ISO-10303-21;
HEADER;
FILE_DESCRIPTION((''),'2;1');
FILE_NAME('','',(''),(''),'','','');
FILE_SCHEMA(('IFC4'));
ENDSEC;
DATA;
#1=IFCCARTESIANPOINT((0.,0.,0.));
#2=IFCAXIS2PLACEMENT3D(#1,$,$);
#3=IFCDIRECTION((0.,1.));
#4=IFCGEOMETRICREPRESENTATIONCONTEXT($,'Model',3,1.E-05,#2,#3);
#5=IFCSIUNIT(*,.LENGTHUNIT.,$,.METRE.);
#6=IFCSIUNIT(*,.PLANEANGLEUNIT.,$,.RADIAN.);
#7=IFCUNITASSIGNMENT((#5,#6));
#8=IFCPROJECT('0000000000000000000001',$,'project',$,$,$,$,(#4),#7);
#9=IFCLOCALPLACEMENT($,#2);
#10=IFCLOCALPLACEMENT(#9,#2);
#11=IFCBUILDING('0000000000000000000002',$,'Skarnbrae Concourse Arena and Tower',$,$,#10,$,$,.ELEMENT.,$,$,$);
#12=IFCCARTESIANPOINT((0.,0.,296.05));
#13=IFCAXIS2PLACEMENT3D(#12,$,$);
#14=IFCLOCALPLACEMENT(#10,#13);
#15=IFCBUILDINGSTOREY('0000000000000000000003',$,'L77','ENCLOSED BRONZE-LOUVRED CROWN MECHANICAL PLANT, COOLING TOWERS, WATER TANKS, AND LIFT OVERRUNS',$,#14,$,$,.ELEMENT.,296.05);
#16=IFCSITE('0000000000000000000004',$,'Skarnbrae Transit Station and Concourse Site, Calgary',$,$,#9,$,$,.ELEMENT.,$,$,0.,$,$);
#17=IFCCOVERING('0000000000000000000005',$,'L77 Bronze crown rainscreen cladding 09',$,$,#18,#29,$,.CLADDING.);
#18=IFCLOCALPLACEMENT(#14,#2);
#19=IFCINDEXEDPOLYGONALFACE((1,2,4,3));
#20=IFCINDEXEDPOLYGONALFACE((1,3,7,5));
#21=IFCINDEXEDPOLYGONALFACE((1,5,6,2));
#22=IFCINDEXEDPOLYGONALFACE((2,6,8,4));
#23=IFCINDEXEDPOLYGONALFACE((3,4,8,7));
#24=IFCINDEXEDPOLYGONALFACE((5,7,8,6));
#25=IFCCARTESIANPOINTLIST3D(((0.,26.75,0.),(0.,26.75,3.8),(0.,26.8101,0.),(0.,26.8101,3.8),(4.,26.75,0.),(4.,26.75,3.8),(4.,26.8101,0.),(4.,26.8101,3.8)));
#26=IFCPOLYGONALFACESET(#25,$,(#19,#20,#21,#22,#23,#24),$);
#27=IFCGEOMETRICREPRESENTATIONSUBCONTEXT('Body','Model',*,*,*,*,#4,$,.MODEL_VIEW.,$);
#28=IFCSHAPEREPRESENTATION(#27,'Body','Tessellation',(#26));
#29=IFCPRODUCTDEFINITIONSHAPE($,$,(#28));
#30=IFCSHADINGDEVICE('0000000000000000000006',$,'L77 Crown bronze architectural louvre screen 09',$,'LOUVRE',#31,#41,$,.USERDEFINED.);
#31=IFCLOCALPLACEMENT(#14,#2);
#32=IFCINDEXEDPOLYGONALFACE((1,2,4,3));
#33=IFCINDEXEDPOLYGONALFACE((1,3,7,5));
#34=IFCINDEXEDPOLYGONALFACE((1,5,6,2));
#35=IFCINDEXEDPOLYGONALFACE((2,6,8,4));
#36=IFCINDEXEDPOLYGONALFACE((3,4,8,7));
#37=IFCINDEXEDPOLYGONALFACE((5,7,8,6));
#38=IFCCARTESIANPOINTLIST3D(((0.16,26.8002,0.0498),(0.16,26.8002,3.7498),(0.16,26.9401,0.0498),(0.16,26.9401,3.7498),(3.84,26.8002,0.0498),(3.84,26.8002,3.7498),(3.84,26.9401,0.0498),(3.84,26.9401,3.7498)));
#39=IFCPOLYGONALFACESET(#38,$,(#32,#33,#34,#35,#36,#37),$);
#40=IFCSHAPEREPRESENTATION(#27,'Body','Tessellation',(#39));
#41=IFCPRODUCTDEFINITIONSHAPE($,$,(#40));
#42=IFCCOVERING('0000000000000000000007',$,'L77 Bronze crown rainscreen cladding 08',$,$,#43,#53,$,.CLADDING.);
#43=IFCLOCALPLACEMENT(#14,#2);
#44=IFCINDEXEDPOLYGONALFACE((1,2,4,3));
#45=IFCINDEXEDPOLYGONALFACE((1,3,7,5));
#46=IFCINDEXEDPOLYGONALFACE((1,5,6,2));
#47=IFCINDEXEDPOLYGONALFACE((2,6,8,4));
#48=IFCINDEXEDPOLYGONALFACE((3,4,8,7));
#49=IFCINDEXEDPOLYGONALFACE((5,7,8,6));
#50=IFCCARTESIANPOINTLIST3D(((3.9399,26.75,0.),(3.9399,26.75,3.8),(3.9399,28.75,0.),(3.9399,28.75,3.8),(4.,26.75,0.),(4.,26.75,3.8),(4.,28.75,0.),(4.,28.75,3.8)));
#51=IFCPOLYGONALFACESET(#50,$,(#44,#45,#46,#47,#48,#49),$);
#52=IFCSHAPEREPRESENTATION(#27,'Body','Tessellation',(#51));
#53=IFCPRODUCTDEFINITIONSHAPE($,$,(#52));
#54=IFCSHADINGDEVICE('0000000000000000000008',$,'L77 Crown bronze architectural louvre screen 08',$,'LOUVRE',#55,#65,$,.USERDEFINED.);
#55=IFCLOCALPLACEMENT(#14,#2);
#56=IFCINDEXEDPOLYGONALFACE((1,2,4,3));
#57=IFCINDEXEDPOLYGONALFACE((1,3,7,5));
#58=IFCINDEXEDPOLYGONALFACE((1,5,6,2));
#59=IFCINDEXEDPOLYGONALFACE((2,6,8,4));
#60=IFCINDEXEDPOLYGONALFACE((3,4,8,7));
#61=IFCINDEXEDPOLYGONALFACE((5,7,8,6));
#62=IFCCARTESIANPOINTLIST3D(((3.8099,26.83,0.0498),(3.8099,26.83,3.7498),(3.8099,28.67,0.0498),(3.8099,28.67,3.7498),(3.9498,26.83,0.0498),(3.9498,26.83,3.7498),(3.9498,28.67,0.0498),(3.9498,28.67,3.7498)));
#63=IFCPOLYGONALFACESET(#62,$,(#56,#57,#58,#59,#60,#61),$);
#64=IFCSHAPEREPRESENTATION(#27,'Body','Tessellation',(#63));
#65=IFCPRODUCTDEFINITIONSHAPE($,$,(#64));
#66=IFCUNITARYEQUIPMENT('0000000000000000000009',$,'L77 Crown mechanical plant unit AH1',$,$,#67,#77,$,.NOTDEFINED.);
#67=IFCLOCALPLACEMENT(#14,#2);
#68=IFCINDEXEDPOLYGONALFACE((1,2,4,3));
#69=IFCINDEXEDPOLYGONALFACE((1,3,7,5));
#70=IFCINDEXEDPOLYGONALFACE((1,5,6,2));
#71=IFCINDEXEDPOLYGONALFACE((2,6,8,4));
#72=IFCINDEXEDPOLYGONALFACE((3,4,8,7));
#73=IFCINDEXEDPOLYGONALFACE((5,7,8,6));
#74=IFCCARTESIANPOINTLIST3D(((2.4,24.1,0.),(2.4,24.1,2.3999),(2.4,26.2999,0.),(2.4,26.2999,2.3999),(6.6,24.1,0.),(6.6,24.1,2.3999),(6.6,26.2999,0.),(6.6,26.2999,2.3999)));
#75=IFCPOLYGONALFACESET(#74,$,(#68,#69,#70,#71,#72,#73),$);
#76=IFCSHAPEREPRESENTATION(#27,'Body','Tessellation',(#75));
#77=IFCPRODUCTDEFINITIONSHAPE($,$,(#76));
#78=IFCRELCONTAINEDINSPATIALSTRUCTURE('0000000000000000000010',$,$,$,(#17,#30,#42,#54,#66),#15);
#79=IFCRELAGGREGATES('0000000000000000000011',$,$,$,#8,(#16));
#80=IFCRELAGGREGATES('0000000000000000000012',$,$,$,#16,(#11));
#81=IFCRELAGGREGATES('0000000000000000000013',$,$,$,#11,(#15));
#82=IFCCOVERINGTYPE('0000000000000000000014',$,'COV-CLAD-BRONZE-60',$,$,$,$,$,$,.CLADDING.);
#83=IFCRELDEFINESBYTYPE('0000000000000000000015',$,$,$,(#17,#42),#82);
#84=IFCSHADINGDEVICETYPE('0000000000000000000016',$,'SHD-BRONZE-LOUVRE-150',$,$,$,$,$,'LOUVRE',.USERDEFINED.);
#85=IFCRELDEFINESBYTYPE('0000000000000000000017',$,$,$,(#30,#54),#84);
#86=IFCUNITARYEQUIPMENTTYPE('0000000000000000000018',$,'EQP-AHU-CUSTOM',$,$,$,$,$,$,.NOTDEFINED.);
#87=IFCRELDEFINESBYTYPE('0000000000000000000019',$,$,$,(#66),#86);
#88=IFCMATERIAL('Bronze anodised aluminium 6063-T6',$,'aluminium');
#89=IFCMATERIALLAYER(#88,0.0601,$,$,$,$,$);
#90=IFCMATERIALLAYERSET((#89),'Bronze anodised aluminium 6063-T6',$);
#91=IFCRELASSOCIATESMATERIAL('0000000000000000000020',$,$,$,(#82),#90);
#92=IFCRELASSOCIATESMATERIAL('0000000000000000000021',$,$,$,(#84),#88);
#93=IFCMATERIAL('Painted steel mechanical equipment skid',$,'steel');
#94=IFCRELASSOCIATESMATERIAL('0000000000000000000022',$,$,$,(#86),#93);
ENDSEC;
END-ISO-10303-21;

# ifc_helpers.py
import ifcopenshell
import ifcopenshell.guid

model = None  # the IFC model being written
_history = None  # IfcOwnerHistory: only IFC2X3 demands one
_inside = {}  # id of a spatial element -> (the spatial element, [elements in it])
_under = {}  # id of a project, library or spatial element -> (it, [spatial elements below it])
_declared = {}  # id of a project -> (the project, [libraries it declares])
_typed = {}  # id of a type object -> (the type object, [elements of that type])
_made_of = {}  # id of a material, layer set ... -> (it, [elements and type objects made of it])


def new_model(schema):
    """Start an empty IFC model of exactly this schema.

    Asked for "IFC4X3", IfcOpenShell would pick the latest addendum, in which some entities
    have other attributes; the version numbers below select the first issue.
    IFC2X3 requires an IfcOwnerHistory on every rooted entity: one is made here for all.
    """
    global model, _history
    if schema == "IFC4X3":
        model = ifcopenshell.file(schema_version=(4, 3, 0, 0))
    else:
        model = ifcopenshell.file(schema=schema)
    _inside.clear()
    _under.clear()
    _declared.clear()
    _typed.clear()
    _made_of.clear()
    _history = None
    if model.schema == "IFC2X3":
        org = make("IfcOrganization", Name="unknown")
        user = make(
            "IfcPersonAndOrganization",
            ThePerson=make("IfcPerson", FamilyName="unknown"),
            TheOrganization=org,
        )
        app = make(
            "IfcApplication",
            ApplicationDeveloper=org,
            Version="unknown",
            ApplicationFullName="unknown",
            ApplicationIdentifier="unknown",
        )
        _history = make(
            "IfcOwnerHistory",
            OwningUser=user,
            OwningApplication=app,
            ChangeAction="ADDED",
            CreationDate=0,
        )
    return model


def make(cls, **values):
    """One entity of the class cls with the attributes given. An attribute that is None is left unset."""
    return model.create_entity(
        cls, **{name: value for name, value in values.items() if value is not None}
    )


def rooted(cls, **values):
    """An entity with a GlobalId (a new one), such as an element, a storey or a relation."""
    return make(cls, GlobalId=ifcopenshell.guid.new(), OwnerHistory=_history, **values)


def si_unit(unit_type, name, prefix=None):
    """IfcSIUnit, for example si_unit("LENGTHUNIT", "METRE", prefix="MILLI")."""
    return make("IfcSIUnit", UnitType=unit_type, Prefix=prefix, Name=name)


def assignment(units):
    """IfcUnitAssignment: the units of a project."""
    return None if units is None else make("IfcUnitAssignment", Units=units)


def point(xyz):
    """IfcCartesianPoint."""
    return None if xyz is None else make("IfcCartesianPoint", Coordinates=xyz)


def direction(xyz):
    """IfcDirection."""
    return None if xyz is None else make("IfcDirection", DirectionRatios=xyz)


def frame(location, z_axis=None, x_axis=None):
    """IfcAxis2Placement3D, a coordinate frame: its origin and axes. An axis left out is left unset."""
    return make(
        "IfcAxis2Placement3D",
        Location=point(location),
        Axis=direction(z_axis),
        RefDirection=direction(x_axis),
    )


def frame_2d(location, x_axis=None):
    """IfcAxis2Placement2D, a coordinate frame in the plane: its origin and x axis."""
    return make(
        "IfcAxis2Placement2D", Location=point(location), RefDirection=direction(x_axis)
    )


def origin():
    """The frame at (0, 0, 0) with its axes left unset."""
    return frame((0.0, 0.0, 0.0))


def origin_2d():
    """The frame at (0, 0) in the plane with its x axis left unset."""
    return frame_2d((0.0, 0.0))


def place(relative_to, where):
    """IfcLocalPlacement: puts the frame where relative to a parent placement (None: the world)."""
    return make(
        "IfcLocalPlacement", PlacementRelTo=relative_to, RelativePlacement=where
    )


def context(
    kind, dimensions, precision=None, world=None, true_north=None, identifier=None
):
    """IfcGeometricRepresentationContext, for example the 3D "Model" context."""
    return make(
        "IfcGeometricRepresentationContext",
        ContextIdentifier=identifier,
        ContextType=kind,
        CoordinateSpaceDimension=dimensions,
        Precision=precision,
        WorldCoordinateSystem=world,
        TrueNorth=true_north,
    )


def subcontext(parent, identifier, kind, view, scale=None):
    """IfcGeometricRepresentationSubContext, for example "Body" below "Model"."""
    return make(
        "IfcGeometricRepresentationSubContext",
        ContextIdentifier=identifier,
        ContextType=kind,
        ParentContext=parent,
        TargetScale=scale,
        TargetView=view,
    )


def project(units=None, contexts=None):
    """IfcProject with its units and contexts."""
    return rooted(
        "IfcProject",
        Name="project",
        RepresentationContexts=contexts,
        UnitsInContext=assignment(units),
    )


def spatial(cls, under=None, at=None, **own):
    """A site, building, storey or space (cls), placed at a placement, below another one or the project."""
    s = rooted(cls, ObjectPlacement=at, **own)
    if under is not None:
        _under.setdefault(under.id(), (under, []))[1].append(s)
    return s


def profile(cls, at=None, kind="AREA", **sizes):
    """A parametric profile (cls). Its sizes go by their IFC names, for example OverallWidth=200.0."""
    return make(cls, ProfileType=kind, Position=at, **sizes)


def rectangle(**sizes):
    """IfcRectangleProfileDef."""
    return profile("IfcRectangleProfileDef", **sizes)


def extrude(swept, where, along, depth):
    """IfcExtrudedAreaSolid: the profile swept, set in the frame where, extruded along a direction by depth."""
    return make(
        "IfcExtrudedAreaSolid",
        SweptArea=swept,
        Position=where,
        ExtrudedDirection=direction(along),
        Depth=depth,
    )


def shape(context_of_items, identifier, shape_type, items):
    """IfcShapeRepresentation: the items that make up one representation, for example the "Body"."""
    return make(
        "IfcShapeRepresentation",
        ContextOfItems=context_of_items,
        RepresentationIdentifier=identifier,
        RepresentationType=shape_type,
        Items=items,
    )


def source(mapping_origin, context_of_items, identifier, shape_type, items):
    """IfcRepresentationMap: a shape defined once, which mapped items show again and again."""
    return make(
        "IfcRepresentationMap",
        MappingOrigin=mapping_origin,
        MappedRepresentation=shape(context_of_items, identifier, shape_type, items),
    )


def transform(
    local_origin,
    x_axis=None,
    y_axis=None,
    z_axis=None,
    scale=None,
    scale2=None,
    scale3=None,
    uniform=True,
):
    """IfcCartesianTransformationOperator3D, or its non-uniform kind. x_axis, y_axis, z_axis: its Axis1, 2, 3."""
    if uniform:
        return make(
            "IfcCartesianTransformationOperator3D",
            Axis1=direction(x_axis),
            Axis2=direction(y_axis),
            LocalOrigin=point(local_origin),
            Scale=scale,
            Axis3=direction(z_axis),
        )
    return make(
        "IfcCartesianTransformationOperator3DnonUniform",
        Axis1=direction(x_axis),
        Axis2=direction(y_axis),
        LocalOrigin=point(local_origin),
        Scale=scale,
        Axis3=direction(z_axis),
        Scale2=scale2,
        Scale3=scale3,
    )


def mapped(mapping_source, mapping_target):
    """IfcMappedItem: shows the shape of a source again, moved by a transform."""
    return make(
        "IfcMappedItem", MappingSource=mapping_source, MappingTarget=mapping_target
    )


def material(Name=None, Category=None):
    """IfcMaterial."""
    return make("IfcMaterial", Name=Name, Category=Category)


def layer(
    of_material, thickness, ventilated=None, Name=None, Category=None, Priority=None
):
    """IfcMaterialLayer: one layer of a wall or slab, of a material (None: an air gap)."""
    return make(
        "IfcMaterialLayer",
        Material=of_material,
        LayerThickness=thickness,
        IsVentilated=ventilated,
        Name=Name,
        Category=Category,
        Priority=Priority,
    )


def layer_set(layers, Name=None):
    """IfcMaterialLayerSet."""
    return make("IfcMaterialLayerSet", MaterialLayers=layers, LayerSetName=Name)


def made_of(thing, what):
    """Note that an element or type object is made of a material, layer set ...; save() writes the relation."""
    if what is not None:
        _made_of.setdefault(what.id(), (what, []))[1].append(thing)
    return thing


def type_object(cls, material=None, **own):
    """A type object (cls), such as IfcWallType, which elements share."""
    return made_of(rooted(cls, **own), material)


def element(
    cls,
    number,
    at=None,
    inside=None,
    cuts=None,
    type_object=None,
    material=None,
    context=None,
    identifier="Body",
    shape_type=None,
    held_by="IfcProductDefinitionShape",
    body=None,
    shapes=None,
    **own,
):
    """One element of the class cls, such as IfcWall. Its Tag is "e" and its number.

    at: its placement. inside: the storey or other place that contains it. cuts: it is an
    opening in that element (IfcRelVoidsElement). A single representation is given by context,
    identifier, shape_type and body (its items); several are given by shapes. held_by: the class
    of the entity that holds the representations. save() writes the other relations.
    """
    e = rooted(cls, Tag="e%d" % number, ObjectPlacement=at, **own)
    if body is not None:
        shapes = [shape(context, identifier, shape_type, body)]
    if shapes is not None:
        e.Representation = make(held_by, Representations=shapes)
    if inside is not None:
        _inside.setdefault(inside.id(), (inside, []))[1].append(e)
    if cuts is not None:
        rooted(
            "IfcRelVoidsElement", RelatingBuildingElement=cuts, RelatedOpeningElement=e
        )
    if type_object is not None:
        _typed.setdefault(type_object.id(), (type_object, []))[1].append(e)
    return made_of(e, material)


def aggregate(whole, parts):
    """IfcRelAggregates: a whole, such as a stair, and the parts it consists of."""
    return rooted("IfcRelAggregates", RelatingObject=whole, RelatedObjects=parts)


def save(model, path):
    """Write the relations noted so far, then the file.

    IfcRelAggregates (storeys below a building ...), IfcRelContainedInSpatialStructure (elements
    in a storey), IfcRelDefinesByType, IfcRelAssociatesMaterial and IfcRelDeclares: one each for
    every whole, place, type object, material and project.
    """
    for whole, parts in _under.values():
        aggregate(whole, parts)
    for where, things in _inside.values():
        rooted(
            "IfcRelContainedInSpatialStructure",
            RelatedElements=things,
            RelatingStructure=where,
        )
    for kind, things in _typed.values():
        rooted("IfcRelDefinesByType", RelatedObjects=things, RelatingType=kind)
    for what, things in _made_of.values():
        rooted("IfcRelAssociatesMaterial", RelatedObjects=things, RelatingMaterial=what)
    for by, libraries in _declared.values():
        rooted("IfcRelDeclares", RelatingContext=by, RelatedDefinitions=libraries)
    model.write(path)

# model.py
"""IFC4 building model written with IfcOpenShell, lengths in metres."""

from ifc_helpers import new_model, si_unit, direction, frame, origin, origin_2d, place, context, subcontext, project, spatial, rectangle, extrude, source, transform, mapped, material, layer, layer_set, type_object, element, save


model = new_model("IFC4")

# Units and contexts
model_context = context("Model", 3, precision=1e-05, world=origin(), true_north=direction((0.0, 1.0)))
body_context = subcontext(model_context, "Body", "Model", "MODEL_VIEW")
ifc_project = project(units=[si_unit("LENGTHUNIT", "METRE"), si_unit("PLANEANGLEUNIT", "RADIAN")], contexts=[model_context])

# Site, building, storey
site_placement = place(None, origin())
site = spatial("IfcSite", under=ifc_project, at=site_placement, Name="Skarnbrae Transit Station and Concourse Site, Calgary", CompositionType="ELEMENT", RefElevation=0.0)
building_placement = place(site_placement, origin())
building = spatial("IfcBuilding", under=site, at=building_placement, Name="Skarnbrae Concourse Arena and Tower", CompositionType="ELEMENT")
storey_placement = place(building_placement, frame((0.0, 0.0, 296.05)))
storey = spatial("IfcBuildingStorey", under=building, at=storey_placement, Name="L77", Description="ENCLOSED BRONZE-LOUVRED CROWN MECHANICAL PLANT, COOLING TOWERS, WATER TANKS, AND LIFT OVERRUNS", CompositionType="ELEMENT", Elevation=296.05)

# Covering
ifc_material_1 = material(Name="Bronze anodised aluminium 6063-T6", Category="aluminium")
ifc_layer_1 = layer(ifc_material_1, 0.0601)
ifc_layer_set_1 = layer_set([ifc_layer_1], Name="Bronze anodised aluminium 6063-T6")
covering_type = type_object("IfcCoveringType", Name="COV-CLAD-BRONZE-60", PredefinedType="CLADDING", material=ifc_layer_set_1)
shared_shape_1 = source(origin(), body_context, "Body", "SweptSolid", [
    extrude(rectangle(XDim=4.0, YDim=0.0601, at=origin_2d()), origin(), (0.0, 0.0, 1.0), 3.8),
])
covering_1_placement = place(storey_placement, frame((2.0, 26.78, 0.0), z_axis=(0.0, 0.0, 1.0), x_axis=(-1.0, 0.0, 0.0)))
element("IfcCovering", 1, at=covering_1_placement, inside=storey, type_object=covering_type, Name="L77 Bronze crown rainscreen cladding 09", PredefinedType="CLADDING", context=body_context, shape_type="MappedRepresentation", body=[
    mapped(shared_shape_1, transform((0.0, 0.0, 0.0))),
])

# Shading device
shading_device_type = type_object("IfcShadingDeviceType", Name="SHD-BRONZE-LOUVRE-150", ElementType="LOUVRE", PredefinedType="USERDEFINED", material=ifc_material_1)
shared_shape_2 = source(origin(), body_context, "Body", "SweptSolid", [
    extrude(rectangle(XDim=3.6799, YDim=0.1399, at=origin_2d()), origin(), (0.0, 0.0, 1.0), 3.7),
])
shading_device_1_placement = place(storey_placement, frame((2.0, 26.8701, 0.0498), z_axis=(0.0, 0.0, 1.0), x_axis=(-1.0, 0.0, 0.0)))
element("IfcShadingDevice", 2, at=shading_device_1_placement, inside=storey, type_object=shading_device_type, Name="L77 Crown bronze architectural louvre screen 09", ObjectType="LOUVRE", PredefinedType="USERDEFINED", context=body_context, shape_type="MappedRepresentation", body=[
    mapped(shared_shape_2, transform((0.0, 0.0, 0.0))),
])

# Covering
shared_shape_3 = source(origin(), body_context, "Body", "SweptSolid", [
    extrude(rectangle(XDim=2.0, YDim=0.0601, at=origin_2d()), origin(), (0.0, 0.0, 1.0), 3.8),
])
covering_2_placement = place(storey_placement, frame((3.97, 27.75, 0.0), z_axis=(0.0, 0.0, 1.0), x_axis=(0.0, -1.0, 0.0)))
element("IfcCovering", 3, at=covering_2_placement, inside=storey, type_object=covering_type, Name="L77 Bronze crown rainscreen cladding 08", PredefinedType="CLADDING", context=body_context, shape_type="MappedRepresentation", body=[
    mapped(shared_shape_3, transform((0.0, 0.0, 0.0))),
])

# Shading device
shared_shape_4 = source(origin(), body_context, "Body", "SweptSolid", [
    extrude(rectangle(XDim=1.8401, YDim=0.1399, at=origin_2d()), origin(), (0.0, 0.0, 1.0), 3.7),
])
shading_device_2_placement = place(storey_placement, frame((3.8799, 27.75, 0.0498), z_axis=(0.0, 0.0, 1.0), x_axis=(0.0, -1.0, 0.0)))
element("IfcShadingDevice", 4, at=shading_device_2_placement, inside=storey, type_object=shading_device_type, Name="L77 Crown bronze architectural louvre screen 08", ObjectType="LOUVRE", PredefinedType="USERDEFINED", context=body_context, shape_type="MappedRepresentation", body=[
    mapped(shared_shape_4, transform((0.0, 0.0, 0.0))),
])

# Unitary equipment
ifc_material_2 = material(Name="Painted steel mechanical equipment skid", Category="steel")
unitary_equipment_type = type_object("IfcUnitaryEquipmentType", Name="EQP-AHU-CUSTOM", PredefinedType="NOTDEFINED", material=ifc_material_2)
shared_shape_5 = source(origin(), body_context, "Body", "SweptSolid", [
    extrude(rectangle(XDim=4.2, YDim=2.2, at=origin_2d()), origin(), (0.0, 0.0, 1.0), 2.3999),
])
unitary_equipment_placement = place(storey_placement, frame((4.5, 25.2, 0.0), z_axis=(0.0, 0.0, 1.0), x_axis=(1.0, 0.0, 0.0)))
element("IfcUnitaryEquipment", 5, at=unitary_equipment_placement, inside=storey, type_object=unitary_equipment_type, Name="L77 Crown mechanical plant unit AH1", PredefinedType="NOTDEFINED", context=body_context, shape_type="MappedRepresentation", body=[
    mapped(shared_shape_5, transform((0.0, 0.0, 0.0))),
])

save(model, "model.ifc")
